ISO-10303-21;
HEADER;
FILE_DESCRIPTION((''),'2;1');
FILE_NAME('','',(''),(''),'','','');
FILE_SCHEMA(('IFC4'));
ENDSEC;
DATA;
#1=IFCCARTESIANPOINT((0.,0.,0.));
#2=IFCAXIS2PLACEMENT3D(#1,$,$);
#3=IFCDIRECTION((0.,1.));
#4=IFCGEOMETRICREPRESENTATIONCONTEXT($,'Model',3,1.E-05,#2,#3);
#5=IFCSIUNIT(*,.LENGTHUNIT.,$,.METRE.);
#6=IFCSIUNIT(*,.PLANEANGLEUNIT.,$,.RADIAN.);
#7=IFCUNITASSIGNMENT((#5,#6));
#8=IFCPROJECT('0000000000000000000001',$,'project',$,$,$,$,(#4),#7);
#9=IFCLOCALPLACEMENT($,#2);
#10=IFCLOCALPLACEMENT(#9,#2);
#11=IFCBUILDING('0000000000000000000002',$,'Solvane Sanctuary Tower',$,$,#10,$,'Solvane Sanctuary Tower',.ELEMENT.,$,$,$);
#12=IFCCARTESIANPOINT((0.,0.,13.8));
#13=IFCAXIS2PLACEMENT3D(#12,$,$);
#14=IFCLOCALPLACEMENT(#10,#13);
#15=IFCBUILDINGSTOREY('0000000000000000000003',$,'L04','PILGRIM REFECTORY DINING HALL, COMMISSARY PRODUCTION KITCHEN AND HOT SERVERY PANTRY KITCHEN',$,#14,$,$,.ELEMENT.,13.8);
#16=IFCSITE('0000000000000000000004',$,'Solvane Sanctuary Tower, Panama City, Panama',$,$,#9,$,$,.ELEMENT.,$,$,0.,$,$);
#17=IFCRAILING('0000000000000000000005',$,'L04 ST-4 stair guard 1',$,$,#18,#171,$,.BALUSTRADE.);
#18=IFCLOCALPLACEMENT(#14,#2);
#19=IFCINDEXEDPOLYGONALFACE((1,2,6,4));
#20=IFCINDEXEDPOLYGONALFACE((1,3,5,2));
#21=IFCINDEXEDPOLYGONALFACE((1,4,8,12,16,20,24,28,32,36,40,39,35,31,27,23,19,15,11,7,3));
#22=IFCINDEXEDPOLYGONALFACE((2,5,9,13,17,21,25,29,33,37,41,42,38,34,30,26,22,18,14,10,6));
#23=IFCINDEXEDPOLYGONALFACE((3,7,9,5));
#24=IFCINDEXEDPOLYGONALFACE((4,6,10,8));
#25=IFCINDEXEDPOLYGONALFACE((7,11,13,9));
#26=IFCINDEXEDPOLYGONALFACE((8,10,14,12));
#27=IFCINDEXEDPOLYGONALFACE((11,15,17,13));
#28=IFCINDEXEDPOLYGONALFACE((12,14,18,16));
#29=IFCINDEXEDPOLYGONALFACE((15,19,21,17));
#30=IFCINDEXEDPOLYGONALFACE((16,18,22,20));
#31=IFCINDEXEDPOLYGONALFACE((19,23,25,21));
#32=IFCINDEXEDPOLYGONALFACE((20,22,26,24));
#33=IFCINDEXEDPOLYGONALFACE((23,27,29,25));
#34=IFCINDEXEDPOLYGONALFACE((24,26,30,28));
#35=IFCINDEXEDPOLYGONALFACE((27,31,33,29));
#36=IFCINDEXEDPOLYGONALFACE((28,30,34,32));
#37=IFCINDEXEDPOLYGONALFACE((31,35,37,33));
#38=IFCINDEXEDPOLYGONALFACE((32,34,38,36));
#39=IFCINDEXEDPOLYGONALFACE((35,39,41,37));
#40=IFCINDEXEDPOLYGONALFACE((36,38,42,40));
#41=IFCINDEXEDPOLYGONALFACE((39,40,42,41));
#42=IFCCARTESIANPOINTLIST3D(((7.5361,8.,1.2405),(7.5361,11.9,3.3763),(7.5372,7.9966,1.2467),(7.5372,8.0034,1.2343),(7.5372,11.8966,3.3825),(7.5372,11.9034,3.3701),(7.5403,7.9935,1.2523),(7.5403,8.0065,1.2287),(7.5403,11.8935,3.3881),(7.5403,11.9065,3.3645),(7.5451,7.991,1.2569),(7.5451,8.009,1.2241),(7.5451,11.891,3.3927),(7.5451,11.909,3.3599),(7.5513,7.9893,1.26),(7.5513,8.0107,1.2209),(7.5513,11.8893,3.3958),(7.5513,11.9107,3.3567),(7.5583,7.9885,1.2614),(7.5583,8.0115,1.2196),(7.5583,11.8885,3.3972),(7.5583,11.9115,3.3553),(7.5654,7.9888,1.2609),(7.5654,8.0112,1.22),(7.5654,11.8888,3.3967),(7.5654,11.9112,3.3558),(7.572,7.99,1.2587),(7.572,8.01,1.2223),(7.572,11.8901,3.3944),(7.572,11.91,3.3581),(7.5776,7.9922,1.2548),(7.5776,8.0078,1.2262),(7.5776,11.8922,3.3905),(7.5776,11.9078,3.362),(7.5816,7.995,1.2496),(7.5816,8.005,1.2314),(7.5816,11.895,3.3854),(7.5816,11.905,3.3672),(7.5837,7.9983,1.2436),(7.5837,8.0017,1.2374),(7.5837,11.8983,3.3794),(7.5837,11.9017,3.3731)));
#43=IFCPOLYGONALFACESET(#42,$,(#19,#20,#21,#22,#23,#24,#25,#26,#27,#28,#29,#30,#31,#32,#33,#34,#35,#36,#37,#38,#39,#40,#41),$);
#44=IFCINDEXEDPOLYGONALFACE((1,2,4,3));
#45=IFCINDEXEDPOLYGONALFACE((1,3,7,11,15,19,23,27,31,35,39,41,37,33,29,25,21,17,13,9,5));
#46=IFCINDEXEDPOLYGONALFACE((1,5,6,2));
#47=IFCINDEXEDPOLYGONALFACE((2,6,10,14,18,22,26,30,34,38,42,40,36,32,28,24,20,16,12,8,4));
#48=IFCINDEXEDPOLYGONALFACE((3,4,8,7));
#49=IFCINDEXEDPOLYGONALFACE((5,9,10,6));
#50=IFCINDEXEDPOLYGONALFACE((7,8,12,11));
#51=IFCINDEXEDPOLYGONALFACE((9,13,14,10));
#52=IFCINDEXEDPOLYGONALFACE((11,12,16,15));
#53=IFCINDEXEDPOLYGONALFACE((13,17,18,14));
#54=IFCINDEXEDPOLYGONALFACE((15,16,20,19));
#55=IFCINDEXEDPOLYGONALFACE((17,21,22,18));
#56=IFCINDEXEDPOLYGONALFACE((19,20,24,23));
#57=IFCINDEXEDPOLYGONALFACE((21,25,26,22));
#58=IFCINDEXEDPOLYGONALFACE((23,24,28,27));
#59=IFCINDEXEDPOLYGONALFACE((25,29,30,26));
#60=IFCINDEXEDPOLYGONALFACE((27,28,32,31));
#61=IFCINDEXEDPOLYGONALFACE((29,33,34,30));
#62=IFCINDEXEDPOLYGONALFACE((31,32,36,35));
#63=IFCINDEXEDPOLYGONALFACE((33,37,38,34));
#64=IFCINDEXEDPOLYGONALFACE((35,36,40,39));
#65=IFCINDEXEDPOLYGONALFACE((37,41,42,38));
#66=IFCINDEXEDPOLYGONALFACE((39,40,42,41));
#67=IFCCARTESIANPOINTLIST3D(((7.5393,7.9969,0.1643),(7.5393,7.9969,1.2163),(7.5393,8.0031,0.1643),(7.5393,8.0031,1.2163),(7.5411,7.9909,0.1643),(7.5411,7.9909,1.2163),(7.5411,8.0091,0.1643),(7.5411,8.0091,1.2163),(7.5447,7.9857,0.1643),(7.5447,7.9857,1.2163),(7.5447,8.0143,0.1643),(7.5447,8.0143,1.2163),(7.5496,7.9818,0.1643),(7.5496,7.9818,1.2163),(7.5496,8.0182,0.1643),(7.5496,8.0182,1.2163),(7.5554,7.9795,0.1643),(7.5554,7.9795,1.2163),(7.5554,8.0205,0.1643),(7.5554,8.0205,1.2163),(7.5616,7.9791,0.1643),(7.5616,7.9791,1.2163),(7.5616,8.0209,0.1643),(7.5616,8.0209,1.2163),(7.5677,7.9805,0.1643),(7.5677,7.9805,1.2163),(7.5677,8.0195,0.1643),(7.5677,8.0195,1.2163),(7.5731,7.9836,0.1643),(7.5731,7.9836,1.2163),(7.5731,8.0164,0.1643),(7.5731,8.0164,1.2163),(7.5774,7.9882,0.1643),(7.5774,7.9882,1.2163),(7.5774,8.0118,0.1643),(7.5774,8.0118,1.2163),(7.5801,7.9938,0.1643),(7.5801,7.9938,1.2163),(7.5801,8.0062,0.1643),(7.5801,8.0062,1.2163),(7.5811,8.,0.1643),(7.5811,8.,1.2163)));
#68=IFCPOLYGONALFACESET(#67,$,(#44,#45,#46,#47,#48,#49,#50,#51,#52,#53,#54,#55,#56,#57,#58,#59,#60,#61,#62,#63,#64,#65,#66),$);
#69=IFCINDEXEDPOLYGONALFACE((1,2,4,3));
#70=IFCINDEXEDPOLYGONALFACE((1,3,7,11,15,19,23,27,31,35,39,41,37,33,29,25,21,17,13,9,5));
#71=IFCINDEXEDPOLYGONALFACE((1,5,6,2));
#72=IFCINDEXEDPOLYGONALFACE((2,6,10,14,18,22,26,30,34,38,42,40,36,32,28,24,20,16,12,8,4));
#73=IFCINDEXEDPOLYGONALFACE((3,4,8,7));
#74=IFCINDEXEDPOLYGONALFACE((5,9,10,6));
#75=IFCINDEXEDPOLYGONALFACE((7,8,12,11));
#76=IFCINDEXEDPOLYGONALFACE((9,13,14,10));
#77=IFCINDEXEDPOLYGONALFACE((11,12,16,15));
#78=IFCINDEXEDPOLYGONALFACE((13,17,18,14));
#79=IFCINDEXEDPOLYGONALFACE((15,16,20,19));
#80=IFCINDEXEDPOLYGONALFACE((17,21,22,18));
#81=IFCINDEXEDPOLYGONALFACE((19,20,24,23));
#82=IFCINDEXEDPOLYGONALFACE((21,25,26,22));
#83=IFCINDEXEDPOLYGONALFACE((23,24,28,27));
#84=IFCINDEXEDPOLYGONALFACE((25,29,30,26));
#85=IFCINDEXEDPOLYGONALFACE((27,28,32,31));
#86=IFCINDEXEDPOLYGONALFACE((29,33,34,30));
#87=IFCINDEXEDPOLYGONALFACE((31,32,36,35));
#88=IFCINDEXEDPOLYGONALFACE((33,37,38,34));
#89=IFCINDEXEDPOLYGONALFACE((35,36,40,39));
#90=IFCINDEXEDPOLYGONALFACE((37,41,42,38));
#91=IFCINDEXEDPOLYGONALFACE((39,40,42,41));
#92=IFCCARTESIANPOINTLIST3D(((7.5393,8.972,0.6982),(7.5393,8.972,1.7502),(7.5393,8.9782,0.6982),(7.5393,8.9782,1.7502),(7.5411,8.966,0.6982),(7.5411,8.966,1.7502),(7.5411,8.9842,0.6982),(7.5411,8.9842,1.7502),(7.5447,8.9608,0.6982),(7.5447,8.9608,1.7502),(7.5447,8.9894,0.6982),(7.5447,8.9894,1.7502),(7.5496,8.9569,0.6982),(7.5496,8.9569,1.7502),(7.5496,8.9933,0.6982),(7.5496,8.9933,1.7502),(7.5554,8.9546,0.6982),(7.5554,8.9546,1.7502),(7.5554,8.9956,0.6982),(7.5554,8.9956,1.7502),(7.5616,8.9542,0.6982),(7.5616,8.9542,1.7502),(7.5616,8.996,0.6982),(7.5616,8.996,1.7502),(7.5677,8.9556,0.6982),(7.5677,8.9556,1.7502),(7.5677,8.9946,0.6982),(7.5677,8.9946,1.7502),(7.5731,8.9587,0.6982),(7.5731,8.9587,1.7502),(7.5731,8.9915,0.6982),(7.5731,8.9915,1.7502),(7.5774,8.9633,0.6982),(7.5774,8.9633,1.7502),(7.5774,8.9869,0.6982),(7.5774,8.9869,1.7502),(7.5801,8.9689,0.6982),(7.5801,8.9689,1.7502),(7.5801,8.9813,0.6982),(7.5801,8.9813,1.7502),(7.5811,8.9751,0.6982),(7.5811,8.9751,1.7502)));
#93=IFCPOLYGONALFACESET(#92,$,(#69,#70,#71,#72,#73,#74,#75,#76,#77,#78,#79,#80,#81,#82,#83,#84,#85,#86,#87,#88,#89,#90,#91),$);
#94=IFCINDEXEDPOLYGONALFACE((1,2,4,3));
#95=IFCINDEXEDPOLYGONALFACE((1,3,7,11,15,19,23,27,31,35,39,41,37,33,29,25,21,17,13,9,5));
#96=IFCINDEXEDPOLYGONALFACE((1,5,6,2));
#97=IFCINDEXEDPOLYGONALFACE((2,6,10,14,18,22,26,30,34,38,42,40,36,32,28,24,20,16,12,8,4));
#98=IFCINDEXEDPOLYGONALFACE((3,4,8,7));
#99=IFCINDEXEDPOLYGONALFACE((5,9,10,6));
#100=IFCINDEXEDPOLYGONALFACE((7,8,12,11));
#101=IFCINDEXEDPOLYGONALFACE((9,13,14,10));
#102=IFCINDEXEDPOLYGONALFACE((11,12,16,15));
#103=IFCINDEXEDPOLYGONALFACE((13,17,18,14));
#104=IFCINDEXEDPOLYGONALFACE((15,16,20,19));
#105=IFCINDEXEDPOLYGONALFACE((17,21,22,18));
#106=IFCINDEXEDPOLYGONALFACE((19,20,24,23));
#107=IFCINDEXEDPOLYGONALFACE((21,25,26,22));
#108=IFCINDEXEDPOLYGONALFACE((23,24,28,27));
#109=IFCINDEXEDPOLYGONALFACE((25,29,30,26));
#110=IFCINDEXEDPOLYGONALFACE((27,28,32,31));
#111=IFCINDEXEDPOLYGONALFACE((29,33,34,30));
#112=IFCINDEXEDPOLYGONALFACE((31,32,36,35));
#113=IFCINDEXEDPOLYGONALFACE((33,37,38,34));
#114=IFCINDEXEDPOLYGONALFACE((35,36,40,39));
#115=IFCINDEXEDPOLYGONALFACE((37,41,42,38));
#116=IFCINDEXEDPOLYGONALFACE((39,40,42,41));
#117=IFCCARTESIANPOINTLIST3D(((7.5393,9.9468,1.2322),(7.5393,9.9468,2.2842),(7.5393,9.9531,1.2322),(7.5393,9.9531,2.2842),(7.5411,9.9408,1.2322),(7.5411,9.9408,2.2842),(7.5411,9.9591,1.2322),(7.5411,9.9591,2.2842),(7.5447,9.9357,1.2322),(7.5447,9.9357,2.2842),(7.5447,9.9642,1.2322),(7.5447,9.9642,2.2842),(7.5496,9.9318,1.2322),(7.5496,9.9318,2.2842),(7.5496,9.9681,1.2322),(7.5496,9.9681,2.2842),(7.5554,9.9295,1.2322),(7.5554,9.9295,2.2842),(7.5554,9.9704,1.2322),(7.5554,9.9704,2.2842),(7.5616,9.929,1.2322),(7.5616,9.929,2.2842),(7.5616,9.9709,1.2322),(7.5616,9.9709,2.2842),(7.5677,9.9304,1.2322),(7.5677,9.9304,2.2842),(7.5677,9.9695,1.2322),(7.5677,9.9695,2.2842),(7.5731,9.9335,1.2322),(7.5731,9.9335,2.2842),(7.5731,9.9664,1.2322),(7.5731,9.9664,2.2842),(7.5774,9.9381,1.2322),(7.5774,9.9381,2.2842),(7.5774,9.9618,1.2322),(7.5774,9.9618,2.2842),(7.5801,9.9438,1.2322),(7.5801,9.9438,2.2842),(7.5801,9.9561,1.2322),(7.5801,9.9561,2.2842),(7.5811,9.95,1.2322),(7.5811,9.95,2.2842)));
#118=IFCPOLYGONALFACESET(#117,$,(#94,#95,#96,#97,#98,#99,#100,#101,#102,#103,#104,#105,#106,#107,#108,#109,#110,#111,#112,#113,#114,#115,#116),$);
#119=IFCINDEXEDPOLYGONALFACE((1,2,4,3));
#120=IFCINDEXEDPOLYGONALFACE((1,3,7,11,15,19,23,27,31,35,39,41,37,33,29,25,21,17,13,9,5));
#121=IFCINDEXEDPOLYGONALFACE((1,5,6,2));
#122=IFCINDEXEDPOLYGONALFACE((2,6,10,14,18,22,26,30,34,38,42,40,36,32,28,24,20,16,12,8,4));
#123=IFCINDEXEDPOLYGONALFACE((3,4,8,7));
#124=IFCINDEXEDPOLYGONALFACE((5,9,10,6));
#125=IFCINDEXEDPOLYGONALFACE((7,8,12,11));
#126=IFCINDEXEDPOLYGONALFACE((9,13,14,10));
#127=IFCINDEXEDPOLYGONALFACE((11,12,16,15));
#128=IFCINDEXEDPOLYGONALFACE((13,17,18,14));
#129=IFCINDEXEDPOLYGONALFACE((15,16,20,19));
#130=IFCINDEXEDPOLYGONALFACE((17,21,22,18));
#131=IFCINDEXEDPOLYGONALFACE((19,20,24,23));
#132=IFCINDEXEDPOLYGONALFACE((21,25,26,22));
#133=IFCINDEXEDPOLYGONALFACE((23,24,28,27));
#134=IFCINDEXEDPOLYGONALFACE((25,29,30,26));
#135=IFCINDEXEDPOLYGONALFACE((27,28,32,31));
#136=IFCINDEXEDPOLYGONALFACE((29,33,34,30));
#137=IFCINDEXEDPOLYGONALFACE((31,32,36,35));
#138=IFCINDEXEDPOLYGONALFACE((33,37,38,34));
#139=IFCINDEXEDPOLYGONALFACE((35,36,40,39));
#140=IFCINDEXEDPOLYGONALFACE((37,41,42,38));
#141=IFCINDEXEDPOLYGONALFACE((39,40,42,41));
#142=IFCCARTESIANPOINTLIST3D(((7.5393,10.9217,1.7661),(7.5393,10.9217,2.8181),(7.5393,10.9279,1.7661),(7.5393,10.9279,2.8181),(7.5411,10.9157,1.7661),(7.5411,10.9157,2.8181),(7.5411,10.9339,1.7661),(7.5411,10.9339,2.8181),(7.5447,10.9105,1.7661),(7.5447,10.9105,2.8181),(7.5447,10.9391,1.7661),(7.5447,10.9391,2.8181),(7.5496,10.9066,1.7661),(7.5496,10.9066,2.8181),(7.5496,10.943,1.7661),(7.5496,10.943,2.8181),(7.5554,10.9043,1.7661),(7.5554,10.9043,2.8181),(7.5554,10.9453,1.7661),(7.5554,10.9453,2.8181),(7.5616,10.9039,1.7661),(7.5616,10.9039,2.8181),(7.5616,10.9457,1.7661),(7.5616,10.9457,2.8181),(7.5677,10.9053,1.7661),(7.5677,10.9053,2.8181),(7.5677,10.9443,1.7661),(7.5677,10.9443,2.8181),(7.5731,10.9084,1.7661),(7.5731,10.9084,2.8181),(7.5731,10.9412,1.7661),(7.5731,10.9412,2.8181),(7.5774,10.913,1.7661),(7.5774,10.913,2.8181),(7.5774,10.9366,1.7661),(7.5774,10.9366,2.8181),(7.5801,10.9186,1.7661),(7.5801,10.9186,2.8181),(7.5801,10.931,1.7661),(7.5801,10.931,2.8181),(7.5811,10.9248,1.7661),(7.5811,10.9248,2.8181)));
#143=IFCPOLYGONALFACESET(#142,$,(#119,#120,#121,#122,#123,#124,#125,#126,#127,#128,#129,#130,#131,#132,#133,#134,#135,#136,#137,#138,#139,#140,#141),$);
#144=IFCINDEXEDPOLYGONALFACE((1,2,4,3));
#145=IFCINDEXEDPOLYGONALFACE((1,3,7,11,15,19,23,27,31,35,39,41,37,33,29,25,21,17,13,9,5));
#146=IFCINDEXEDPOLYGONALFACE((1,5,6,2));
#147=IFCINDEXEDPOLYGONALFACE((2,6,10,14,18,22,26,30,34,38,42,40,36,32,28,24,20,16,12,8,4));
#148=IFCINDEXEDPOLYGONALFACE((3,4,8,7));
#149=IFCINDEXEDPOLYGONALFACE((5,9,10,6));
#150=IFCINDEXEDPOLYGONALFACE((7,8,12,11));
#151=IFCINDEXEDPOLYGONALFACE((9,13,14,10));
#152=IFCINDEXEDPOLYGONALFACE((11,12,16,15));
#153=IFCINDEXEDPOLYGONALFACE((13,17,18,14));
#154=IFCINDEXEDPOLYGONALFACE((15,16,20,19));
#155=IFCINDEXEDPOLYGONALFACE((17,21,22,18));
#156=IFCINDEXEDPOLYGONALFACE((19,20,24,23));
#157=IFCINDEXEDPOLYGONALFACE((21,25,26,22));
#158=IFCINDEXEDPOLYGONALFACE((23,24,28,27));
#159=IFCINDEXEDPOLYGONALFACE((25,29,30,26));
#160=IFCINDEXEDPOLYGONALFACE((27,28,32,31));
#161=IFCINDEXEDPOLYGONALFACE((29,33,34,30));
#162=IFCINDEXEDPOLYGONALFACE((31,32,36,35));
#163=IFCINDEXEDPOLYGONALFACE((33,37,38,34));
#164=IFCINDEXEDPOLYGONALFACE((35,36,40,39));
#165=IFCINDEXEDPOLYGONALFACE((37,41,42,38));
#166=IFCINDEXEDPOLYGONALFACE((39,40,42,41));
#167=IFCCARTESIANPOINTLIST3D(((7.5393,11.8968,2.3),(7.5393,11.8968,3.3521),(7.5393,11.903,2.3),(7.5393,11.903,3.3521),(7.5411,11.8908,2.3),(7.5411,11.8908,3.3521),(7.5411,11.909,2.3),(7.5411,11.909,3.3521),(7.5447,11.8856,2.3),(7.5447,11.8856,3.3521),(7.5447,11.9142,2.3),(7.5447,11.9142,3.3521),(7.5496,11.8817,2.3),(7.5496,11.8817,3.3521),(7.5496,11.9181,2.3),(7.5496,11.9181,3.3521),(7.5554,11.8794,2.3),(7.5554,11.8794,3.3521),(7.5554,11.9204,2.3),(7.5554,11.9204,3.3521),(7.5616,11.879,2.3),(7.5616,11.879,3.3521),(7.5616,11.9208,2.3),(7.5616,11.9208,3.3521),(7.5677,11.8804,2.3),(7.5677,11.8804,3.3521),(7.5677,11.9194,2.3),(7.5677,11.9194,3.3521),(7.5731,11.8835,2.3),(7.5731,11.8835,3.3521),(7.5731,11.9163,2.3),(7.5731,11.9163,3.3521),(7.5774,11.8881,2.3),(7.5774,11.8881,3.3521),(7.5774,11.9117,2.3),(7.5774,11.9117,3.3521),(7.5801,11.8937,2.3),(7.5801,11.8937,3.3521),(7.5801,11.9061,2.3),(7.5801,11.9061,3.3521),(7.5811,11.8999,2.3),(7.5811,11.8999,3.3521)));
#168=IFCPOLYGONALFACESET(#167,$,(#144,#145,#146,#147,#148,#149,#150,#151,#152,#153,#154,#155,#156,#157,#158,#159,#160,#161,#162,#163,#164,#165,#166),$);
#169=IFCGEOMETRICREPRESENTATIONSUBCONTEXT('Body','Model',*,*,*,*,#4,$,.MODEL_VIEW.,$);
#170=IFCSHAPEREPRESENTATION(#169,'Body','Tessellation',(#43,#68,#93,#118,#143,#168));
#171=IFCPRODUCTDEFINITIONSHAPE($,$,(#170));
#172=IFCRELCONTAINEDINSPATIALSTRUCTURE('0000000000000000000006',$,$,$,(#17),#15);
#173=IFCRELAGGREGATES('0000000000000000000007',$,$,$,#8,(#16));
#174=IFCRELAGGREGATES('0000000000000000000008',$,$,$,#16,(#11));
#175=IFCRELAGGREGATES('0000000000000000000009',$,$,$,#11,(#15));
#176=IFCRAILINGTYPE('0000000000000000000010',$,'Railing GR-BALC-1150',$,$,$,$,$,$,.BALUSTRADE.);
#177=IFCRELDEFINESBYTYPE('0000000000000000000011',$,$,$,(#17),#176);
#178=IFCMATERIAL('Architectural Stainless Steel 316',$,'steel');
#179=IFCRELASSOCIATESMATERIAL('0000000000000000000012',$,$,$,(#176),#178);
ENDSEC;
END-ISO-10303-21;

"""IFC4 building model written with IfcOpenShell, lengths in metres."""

from ifc_helpers import new_model, si_unit, direction, frame, origin, origin_2d, place, context, subcontext, project, spatial, circle, extrude, material, type_object, element, save


model = new_model("IFC4")

# Units and contexts
model_context = context("Model", 3, precision=1e-05, world=origin(), true_north=direction((0.0, 1.0)))
body_context = subcontext(model_context, "Body", "Model", "MODEL_VIEW")
ifc_project = project(units=[si_unit("LENGTHUNIT", "METRE"), si_unit("PLANEANGLEUNIT", "RADIAN")], contexts=[model_context])

# Site, building, storey
site_placement = place(None, origin())
site = spatial("IfcSite", under=ifc_project, at=site_placement, Name="Solvane Sanctuary Tower, Panama City, Panama", CompositionType="ELEMENT", RefElevation=0.0)
building_placement = place(site_placement, origin())
building = spatial("IfcBuilding", under=site, at=building_placement, Name="Solvane Sanctuary Tower", LongName="Solvane Sanctuary Tower", CompositionType="ELEMENT")
storey_placement = place(building_placement, frame((0.0, 0.0, 13.8)))
storey = spatial("IfcBuildingStorey", under=building, at=storey_placement, Name="L04", Description="PILGRIM REFECTORY DINING HALL, COMMISSARY PRODUCTION KITCHEN AND HOT SERVERY PANTRY KITCHEN", CompositionType="ELEMENT", Elevation=13.8)

# Shared definitions
ifc_material_1 = material(Name="Architectural Stainless Steel 316", Category="steel")

# Railing
railing_type_1 = type_object("IfcRailingType", Name="Railing GR-BALC-1150", PredefinedType="BALUSTRADE", material=ifc_material_1)
railing_1_placement = place(storey_placement, frame((7.5601, 8.0, 0.1643)))
element("IfcRailing", 1, at=railing_1_placement, inside=storey, type_object=railing_type_1, Name="L04 ST-4 stair guard 1", PredefinedType="BALUSTRADE", context=body_context, shape_type="SweptSolid", body=[
    extrude(circle(Radius=0.0239, at=origin_2d()), frame((0.0, 0.0, 1.0762), z_axis=(0.0, 0.877089, 0.480329), x_axis=(-1.0, 0.0, 0.0)), (0.0, 0.0, 1.0), 4.4465),
    extrude(circle(Radius=0.021, at=origin_2d()), origin(), (0.0, 0.0, 1.0), 1.052),
    extrude(circle(Radius=0.021, at=origin_2d()), frame((0.0, 0.9751, 0.5339)), (0.0, 0.0, 1.0), 1.052),
    extrude(circle(Radius=0.021, at=origin_2d()), frame((0.0, 1.95, 1.0679)), (0.0, 0.0, 1.0), 1.052),
    extrude(circle(Radius=0.021, at=origin_2d()), frame((0.0, 2.9248, 1.6018)), (0.0, 0.0, 1.0), 1.052),
    extrude(circle(Radius=0.021, at=origin_2d()), frame((0.0, 3.8999, 2.1357)), (0.0, 0.0, 1.0), 1.052),
])

save(model, "model.ifc")
